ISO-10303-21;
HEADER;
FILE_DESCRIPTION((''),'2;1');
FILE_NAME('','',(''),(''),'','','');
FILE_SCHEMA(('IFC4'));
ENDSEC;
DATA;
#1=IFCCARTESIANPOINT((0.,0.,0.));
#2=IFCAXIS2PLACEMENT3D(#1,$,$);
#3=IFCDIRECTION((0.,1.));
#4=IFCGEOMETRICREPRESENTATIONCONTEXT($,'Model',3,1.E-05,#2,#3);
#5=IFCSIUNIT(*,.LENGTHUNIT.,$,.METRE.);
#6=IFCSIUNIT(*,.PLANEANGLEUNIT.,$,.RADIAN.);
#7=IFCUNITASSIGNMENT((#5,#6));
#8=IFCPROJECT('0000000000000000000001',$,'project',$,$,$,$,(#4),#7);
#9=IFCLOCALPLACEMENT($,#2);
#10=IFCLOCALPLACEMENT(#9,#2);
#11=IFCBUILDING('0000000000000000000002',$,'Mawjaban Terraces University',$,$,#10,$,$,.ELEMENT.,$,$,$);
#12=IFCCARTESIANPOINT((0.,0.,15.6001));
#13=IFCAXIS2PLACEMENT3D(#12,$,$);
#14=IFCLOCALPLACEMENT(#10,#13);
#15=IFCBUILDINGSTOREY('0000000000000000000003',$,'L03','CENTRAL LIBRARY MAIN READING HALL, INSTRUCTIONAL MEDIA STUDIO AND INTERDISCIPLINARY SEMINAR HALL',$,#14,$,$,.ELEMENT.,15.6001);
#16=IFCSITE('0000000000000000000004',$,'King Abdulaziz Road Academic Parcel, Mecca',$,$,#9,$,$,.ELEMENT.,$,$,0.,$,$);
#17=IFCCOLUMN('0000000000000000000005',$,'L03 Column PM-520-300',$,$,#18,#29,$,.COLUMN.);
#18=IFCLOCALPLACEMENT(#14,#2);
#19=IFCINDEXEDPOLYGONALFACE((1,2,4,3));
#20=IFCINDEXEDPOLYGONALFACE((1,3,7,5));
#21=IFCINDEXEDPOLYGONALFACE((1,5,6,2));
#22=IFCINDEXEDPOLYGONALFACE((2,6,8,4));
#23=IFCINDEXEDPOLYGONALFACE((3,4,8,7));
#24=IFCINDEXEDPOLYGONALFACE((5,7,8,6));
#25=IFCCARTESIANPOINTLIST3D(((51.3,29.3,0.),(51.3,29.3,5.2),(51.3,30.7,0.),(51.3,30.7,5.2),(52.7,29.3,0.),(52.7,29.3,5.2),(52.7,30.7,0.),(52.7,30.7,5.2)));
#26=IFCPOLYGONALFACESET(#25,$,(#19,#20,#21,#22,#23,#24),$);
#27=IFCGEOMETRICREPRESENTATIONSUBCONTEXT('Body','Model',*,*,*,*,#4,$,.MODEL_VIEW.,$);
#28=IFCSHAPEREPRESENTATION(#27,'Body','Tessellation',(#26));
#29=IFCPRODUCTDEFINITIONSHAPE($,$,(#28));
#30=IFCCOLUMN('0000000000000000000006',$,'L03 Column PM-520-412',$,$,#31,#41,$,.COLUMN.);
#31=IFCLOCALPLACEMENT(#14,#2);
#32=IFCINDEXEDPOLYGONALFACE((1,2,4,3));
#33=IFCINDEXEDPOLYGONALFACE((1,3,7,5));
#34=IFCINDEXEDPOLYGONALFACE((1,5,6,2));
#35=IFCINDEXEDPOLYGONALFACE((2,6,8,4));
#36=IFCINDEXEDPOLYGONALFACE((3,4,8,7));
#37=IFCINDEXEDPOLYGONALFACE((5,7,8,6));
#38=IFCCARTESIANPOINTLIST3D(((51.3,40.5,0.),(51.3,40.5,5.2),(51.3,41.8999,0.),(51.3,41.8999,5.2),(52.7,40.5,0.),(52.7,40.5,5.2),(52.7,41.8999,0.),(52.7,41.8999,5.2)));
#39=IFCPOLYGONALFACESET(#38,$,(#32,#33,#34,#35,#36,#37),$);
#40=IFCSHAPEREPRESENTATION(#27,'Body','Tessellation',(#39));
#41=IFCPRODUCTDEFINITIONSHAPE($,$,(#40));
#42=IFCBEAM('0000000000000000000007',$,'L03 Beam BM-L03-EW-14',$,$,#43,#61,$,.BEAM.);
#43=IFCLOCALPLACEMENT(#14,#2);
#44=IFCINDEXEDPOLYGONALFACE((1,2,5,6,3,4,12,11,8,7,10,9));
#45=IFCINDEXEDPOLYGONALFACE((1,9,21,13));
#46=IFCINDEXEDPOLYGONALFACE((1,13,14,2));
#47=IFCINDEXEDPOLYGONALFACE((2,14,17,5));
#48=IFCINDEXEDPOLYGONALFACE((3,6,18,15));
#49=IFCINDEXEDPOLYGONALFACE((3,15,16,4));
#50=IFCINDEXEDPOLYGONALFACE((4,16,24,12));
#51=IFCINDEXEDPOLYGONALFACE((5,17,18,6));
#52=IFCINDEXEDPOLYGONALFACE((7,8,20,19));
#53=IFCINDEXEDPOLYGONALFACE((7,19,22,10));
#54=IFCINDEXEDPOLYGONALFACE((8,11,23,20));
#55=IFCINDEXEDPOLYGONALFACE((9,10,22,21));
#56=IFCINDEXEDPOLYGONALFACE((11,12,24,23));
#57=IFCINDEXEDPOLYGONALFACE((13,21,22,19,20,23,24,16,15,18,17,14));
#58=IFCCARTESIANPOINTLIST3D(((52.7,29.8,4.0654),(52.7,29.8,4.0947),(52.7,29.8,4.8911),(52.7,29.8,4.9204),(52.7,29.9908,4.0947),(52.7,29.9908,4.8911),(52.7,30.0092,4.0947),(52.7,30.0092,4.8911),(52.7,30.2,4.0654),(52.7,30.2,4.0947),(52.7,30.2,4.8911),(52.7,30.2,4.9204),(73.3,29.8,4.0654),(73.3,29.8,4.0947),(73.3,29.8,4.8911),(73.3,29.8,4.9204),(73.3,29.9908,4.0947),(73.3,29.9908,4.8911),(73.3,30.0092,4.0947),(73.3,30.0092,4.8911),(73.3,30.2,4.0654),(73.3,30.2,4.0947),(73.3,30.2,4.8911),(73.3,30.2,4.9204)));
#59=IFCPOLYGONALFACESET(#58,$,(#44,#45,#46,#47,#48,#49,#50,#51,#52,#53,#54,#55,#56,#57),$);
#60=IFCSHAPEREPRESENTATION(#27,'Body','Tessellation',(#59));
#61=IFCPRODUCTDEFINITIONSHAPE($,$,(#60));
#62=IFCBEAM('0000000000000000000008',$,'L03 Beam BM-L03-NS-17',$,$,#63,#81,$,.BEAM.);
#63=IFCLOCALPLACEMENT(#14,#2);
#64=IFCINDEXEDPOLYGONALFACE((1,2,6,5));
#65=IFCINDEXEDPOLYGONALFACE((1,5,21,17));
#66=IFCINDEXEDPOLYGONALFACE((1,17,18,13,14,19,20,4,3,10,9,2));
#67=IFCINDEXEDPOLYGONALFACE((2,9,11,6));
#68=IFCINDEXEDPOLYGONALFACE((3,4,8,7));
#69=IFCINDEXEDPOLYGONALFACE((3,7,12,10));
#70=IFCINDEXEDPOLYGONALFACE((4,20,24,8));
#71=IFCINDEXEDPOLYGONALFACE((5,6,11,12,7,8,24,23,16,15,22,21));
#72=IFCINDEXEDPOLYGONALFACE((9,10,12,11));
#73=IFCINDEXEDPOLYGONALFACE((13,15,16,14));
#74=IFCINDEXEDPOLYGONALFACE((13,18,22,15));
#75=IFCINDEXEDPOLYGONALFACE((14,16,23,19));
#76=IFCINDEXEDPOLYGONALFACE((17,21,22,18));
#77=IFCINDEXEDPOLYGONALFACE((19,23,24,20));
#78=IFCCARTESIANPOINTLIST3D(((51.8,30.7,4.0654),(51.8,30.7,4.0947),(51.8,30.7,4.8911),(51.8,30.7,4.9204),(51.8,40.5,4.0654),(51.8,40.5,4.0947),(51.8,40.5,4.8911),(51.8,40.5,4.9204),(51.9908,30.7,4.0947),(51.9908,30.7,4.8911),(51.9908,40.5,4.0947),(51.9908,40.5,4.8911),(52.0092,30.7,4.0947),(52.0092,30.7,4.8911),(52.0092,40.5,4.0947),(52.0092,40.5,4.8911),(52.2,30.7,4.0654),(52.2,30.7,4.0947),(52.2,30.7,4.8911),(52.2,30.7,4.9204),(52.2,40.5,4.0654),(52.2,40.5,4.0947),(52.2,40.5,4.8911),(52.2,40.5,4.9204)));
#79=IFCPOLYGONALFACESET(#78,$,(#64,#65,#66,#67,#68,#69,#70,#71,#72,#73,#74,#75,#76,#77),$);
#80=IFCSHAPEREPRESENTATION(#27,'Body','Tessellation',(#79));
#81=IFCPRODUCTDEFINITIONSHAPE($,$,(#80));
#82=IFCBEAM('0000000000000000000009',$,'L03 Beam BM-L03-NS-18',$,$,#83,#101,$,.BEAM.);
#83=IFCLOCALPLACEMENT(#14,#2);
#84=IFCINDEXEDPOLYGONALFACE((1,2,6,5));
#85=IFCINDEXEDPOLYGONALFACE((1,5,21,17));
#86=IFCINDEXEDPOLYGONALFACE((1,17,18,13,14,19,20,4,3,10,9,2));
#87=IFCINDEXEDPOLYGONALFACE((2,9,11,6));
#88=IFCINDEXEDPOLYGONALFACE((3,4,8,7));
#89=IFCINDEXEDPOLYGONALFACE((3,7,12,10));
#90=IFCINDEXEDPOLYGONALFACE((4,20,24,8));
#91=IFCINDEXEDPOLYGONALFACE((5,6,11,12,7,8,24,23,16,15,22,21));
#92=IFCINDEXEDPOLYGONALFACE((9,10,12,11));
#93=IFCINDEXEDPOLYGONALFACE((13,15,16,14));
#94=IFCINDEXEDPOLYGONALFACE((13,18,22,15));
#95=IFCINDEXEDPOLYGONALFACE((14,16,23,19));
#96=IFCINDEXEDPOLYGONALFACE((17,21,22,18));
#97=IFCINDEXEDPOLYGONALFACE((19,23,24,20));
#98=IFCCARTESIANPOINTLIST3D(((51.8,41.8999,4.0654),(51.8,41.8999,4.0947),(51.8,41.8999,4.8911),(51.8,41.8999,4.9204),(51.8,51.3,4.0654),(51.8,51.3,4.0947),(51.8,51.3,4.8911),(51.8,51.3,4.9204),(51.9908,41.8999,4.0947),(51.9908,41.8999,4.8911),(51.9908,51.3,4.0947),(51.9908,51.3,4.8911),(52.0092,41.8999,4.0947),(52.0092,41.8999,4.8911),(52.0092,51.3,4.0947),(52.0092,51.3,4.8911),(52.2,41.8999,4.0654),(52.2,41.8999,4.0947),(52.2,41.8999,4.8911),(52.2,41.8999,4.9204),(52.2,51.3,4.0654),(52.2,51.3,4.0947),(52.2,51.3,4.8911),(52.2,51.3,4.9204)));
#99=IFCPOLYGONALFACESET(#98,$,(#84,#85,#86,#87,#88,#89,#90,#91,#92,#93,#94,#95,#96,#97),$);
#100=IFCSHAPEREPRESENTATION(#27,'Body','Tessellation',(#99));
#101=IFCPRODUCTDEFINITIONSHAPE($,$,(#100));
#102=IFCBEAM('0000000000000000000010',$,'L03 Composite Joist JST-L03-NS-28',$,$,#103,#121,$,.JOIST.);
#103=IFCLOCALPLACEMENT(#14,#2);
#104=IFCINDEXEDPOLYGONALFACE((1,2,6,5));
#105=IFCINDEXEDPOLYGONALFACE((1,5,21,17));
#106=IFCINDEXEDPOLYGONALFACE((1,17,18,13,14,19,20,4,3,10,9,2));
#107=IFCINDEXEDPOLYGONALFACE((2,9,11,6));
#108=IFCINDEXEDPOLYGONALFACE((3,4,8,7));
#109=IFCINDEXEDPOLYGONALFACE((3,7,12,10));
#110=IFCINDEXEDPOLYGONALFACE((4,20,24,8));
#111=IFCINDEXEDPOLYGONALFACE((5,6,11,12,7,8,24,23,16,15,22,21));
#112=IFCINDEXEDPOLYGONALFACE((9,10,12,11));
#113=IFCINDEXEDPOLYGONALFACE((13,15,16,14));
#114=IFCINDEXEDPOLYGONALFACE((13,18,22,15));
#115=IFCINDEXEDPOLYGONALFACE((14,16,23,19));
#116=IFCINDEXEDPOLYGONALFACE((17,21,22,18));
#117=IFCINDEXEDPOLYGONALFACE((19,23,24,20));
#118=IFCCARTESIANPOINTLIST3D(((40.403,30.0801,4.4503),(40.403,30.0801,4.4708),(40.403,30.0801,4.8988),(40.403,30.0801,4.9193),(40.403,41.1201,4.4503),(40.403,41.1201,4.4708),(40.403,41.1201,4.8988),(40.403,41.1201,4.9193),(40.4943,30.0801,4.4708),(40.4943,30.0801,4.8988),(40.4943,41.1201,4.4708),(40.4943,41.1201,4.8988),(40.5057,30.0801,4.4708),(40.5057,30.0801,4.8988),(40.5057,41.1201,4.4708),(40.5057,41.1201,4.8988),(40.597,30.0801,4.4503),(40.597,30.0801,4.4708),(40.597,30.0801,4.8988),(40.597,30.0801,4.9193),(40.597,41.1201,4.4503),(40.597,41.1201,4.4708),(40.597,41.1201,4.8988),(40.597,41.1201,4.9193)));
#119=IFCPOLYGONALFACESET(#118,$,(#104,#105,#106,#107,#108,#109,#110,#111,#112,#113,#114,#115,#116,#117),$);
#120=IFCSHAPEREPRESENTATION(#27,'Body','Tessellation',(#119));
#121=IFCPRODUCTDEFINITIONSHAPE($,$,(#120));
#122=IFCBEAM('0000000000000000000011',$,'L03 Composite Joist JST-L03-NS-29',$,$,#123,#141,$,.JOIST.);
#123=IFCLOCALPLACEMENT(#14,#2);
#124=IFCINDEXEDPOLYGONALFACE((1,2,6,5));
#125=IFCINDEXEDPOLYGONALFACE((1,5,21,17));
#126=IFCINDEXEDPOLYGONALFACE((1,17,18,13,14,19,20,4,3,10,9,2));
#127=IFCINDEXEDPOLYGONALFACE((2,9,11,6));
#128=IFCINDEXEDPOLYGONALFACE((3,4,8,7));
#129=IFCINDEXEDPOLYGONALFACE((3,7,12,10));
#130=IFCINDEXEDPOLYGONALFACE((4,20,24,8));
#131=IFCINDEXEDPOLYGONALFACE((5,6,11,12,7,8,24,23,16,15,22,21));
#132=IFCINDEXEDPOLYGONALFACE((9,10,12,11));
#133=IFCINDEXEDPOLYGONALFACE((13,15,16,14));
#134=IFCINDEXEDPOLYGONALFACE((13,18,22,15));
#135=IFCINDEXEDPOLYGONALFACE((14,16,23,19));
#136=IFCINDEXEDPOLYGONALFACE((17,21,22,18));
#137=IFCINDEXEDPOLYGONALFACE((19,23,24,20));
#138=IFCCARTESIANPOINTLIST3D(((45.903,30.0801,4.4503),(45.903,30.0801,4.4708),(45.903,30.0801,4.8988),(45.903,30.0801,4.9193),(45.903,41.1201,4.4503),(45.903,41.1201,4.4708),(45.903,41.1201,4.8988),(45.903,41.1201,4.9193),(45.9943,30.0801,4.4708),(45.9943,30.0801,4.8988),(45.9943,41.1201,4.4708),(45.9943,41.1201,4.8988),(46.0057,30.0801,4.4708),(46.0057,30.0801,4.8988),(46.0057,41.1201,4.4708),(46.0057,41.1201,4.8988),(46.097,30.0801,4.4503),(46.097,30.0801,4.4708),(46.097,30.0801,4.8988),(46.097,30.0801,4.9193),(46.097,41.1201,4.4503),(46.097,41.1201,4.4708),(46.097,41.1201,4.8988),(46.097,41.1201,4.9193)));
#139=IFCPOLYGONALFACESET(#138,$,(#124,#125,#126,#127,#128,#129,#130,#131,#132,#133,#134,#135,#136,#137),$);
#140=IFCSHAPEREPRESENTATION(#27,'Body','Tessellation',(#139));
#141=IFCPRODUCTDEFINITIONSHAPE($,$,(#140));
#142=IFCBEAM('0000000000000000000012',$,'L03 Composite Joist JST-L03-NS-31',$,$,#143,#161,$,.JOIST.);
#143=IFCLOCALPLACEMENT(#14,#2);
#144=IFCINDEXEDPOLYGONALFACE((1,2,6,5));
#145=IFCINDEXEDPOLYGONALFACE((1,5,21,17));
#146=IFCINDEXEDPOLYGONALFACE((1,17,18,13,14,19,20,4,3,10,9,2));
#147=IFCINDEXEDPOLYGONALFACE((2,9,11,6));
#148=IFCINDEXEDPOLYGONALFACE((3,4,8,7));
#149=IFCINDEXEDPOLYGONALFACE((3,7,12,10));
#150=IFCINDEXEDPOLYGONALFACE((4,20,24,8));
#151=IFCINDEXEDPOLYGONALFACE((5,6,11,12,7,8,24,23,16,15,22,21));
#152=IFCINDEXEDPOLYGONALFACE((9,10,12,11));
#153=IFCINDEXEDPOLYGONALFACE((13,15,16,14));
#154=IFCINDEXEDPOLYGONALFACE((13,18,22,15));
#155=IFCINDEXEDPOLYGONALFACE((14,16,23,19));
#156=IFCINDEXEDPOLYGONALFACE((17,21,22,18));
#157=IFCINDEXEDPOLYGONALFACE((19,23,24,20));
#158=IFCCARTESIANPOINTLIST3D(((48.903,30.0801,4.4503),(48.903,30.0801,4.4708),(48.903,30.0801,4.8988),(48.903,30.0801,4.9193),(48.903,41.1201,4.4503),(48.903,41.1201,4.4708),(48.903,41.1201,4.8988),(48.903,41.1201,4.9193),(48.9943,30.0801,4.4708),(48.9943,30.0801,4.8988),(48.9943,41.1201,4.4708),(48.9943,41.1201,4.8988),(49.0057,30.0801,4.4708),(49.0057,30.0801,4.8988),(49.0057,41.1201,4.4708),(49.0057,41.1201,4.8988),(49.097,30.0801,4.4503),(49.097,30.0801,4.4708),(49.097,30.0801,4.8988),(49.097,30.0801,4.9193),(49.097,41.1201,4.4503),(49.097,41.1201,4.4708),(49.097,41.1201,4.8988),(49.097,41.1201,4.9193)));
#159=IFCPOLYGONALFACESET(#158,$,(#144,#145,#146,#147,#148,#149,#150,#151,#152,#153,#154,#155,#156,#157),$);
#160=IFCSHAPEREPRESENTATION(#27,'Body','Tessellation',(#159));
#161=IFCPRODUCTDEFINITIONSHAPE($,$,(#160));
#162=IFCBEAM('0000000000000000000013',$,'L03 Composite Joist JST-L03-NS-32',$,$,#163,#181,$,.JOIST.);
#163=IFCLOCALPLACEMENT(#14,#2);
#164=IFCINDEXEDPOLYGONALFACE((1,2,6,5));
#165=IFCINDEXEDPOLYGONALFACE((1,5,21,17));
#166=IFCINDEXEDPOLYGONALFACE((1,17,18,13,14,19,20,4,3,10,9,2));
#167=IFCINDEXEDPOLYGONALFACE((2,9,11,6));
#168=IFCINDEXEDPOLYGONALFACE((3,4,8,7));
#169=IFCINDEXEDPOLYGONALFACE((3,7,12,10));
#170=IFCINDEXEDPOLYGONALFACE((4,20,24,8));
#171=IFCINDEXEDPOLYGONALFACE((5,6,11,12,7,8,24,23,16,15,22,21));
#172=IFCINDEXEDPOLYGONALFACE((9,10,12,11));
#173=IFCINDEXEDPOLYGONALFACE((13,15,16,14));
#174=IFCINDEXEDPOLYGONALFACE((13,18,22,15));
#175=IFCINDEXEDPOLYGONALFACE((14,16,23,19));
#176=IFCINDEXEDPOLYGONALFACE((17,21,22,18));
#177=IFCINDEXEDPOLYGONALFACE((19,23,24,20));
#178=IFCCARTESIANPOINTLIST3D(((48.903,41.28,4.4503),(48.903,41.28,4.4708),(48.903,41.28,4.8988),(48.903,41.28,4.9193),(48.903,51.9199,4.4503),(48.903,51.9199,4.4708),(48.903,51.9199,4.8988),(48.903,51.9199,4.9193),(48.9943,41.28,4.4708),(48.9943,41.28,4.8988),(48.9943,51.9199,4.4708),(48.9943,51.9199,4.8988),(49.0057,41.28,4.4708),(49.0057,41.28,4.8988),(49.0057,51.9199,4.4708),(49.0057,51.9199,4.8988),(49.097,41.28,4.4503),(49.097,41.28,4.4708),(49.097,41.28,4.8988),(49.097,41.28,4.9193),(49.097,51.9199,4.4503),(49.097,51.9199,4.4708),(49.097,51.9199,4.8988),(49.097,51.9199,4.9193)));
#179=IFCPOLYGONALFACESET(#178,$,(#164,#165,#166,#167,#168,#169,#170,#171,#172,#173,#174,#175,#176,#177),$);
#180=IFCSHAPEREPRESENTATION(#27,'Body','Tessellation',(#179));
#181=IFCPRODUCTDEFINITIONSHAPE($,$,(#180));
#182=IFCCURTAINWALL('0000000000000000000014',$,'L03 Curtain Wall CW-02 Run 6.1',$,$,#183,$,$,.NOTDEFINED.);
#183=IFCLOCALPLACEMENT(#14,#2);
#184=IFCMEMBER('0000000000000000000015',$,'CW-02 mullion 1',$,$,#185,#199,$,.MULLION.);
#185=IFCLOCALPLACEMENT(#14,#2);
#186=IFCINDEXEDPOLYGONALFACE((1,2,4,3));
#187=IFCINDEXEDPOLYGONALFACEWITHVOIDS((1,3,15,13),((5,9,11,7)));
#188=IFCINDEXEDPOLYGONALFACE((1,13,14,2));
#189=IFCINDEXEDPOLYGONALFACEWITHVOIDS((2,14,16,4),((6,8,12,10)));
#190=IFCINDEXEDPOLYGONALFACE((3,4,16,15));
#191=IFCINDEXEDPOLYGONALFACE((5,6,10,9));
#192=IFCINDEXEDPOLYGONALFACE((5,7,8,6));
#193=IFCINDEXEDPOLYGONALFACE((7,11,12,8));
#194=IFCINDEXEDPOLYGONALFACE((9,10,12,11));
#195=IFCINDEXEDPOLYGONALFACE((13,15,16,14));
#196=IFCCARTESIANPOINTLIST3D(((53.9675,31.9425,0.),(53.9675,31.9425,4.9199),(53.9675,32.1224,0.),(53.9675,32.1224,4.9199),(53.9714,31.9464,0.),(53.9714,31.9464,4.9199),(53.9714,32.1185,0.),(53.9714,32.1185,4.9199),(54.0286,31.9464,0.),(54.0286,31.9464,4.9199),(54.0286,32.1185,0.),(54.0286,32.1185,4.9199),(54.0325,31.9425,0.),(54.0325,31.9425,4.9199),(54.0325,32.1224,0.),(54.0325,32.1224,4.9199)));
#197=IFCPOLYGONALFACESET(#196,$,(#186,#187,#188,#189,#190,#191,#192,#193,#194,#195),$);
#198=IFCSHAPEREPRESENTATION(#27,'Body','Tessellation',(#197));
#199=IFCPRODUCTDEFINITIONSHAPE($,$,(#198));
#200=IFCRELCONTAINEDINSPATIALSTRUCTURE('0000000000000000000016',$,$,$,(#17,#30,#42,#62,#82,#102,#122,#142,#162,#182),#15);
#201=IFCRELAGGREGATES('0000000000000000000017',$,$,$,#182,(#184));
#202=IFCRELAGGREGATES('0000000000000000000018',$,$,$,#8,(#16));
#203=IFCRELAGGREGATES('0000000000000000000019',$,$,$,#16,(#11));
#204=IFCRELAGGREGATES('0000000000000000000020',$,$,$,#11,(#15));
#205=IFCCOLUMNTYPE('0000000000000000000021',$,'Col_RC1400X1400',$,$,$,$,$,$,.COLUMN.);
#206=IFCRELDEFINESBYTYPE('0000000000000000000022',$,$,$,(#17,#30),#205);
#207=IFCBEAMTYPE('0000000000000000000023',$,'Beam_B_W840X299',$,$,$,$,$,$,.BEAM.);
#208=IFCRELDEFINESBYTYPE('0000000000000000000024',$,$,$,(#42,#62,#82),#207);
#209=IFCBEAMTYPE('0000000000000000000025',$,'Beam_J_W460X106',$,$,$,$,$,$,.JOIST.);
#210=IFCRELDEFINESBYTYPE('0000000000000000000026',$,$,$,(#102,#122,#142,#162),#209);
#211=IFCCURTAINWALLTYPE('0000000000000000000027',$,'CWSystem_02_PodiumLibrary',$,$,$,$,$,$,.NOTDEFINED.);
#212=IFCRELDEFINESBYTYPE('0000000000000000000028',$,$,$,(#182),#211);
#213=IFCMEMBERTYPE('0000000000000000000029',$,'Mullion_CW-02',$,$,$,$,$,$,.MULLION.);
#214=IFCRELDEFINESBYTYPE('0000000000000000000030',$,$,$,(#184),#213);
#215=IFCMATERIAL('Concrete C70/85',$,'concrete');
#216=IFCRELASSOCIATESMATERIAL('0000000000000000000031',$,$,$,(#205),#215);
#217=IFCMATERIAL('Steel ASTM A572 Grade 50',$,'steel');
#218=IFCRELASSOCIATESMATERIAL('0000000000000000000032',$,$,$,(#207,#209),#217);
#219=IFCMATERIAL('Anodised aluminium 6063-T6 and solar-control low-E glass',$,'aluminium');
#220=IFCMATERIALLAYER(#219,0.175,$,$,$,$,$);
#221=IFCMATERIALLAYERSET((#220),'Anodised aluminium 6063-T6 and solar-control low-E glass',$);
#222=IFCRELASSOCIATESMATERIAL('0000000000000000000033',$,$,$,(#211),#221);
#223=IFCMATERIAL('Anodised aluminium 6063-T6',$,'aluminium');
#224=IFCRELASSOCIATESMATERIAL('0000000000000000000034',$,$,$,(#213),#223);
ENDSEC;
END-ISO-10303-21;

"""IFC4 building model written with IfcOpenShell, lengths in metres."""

from ifc_helpers import new_model, si_unit, direction, frame, origin, origin_2d, place, context, subcontext, project, spatial, rectangle, hollow_rectangle, i_section, extrude, material, layer, layer_set, material_profile, profile_set, type_object, element, aggregate, save


model = new_model("IFC4")

# Units and contexts
model_context = context("Model", 3, precision=1e-05, world=origin(), true_north=direction((0.0, 1.0)))
body_context = subcontext(model_context, "Body", "Model", "MODEL_VIEW")
ifc_project = project(units=[si_unit("LENGTHUNIT", "METRE"), si_unit("PLANEANGLEUNIT", "RADIAN")], contexts=[model_context])

# Site, building, storey
site_placement = place(None, origin())
site = spatial("IfcSite", under=ifc_project, at=site_placement, Name="King Abdulaziz Road Academic Parcel, Mecca", CompositionType="ELEMENT", RefElevation=0.0)
building_placement = place(site_placement, origin())
building = spatial("IfcBuilding", under=site, at=building_placement, Name="Mawjaban Terraces University", CompositionType="ELEMENT")
storey_placement = place(building_placement, frame((0.0, 0.0, 15.6001)))
storey = spatial("IfcBuildingStorey", under=building, at=storey_placement, Name="L03", Description="CENTRAL LIBRARY MAIN READING HALL, INSTRUCTIONAL MEDIA STUDIO AND INTERDISCIPLINARY SEMINAR HALL", CompositionType="ELEMENT", Elevation=15.6001)

# Columns
ifc_material_1 = material(Name="Concrete C70/85", Category="concrete")
ifc_material_profile_1 = material_profile(ifc_material_1, rectangle(XDim=1.3999, YDim=1.3999, at=origin_2d()), Name="RC1400X1400")
ifc_profile_set_1 = profile_set([ifc_material_profile_1], Name="Concrete C70/85")
column_type = type_object("IfcColumnType", Name="Col_RC1400X1400", PredefinedType="COLUMN", material=ifc_profile_set_1)
for number, where, z_axis, x_axis, name in (
    (1, (52.0, 30.0, 0.0), (0.0, 0.0, 1.0), (1.0, 0.0, 0.0), "L03 Column PM-520-300"),
    (2, (52.0, 41.2, 0.0), (0.0, 0.0, 1.0), (1.0, 0.0, 0.0), "L03 Column PM-520-412"),
):
    element("IfcColumn", number, at=place(storey_placement, frame(where, z_axis=z_axis, x_axis=x_axis)), inside=storey, type_object=column_type, Name=name, PredefinedType="COLUMN", context=body_context, shape_type="SweptSolid", body=[
        extrude(rectangle(XDim=1.3999, YDim=1.3999, at=origin_2d()), origin(), (0.0, 0.0, 1.0), 5.2),
    ])

# Beams
ifc_material_2 = material(Name="Steel ASTM A572 Grade 50", Category="steel")
ifc_material_profile_2 = material_profile(ifc_material_2, i_section(OverallWidth=0.3999, OverallDepth=0.855, WebThickness=0.0183, FlangeThickness=0.0293, at=origin_2d()), Name="W840X299")
ifc_profile_set_2 = profile_set([ifc_material_profile_2], Name="Steel ASTM A572 Grade 50")
beam_type_1 = type_object("IfcBeamType", Name="Beam_B_W840X299", PredefinedType="BEAM", material=ifc_profile_set_2)
beam_1_placement = place(storey_placement, frame((52.7, 30.0, 4.4929), z_axis=(1.0, 0.0, 0.0), x_axis=(0.0, 1.0, 0.0)))
element("IfcBeam", 3, at=beam_1_placement, inside=storey, type_object=beam_type_1, Name="L03 Beam BM-L03-EW-14", PredefinedType="BEAM", context=body_context, shape_type="SweptSolid", body=[
    extrude(i_section(OverallWidth=0.3999, OverallDepth=0.855, WebThickness=0.0183, FlangeThickness=0.0293, at=origin_2d()), origin(), (0.0, 0.0, 1.0), 20.6001),
])
beam_2_placement = place(storey_placement, frame((52.0, 30.7, 4.4929), z_axis=(0.0, 1.0, 0.0), x_axis=(-1.0, 0.0, 0.0)))
element("IfcBeam", 4, at=beam_2_placement, inside=storey, type_object=beam_type_1, Name="L03 Beam BM-L03-NS-17", PredefinedType="BEAM", context=body_context, shape_type="SweptSolid", body=[
    extrude(i_section(OverallWidth=0.3999, OverallDepth=0.855, WebThickness=0.0183, FlangeThickness=0.0293, at=origin_2d()), origin(), (0.0, 0.0, 1.0), 9.8),
])
beam_3_placement = place(storey_placement, frame((52.0, 41.8999, 4.4929), z_axis=(0.0, 1.0, 0.0), x_axis=(-1.0, 0.0, 0.0)))
element("IfcBeam", 5, at=beam_3_placement, inside=storey, type_object=beam_type_1, Name="L03 Beam BM-L03-NS-18", PredefinedType="BEAM", context=body_context, shape_type="SweptSolid", body=[
    extrude(i_section(OverallWidth=0.3999, OverallDepth=0.855, WebThickness=0.0183, FlangeThickness=0.0293, at=origin_2d()), origin(), (0.0, 0.0, 1.0), 9.4001),
])
ifc_material_profile_3 = material_profile(ifc_material_2, i_section(OverallWidth=0.1941, OverallDepth=0.469, WebThickness=0.0115, FlangeThickness=0.0205, at=origin_2d()), Name="W460X106")
ifc_profile_set_3 = profile_set([ifc_material_profile_3], Name="Steel ASTM A572 Grade 50")
beam_type_2 = type_object("IfcBeamType", Name="Beam_J_W460X106", PredefinedType="JOIST", material=ifc_profile_set_3)
for number, where, z_axis, x_axis, name in (
    (6, (40.5, 30.0801, 4.6848), (0.0, 1.0, 0.0), (-1.0, 0.0, 0.0), "L03 Composite Joist JST-L03-NS-28"),
    (7, (46.0, 30.0801, 4.6848), (0.0, 1.0, 0.0), (-1.0, 0.0, 0.0), "L03 Composite Joist JST-L03-NS-29"),
    (8, (49.0, 30.0801, 4.6848), (0.0, 1.0, 0.0), (-1.0, 0.0, 0.0), "L03 Composite Joist JST-L03-NS-31"),
):
    element("IfcBeam", number, at=place(storey_placement, frame(where, z_axis=z_axis, x_axis=x_axis)), inside=storey, type_object=beam_type_2, Name=name, PredefinedType="JOIST", context=body_context, shape_type="SweptSolid", body=[
        extrude(i_section(OverallWidth=0.1941, OverallDepth=0.469, WebThickness=0.0115, FlangeThickness=0.0205, at=origin_2d()), origin(), (0.0, 0.0, 1.0), 11.04),
    ])
beam_4_placement = place(storey_placement, frame((49.0, 41.28, 4.6848), z_axis=(0.0, 1.0, 0.0), x_axis=(-1.0, 0.0, 0.0)))
element("IfcBeam", 9, at=beam_4_placement, inside=storey, type_object=beam_type_2, Name="L03 Composite Joist JST-L03-NS-32", PredefinedType="JOIST", context=body_context, shape_type="SweptSolid", body=[
    extrude(i_section(OverallWidth=0.1941, OverallDepth=0.469, WebThickness=0.0115, FlangeThickness=0.0205, at=origin_2d()), origin(), (0.0, 0.0, 1.0), 10.6399),
])

# Curtain wall, member
ifc_material_3 = material(Name="Anodised aluminium 6063-T6 and solar-control low-E glass", Category="aluminium")
ifc_layer_1 = layer(ifc_material_3, 0.175)
ifc_layer_set_1 = layer_set([ifc_layer_1], Name="Anodised aluminium 6063-T6 and solar-control low-E glass")
curtain_wall_type = type_object("IfcCurtainWallType", Name="CWSystem_02_PodiumLibrary", PredefinedType="NOTDEFINED", material=ifc_layer_set_1)
curtain_wall_placement = place(storey_placement, origin())
curtain_wall = element("IfcCurtainWall", 10, at=curtain_wall_placement, inside=storey, type_object=curtain_wall_type, Name="L03 Curtain Wall CW-02 Run 6.1", PredefinedType="NOTDEFINED")
ifc_material_4 = material(Name="Anodised aluminium 6063-T6", Category="aluminium")
ifc_material_profile_4 = material_profile(ifc_material_4, hollow_rectangle(XDim=0.0649, YDim=0.1799, WallThickness=0.0039, at=origin_2d()), Name="ALU180X65X4")
ifc_profile_set_4 = profile_set([ifc_material_profile_4], Name="Anodised aluminium 6063-T6")
member_type_1 = type_object("IfcMemberType", Name="Mullion_CW-02", PredefinedType="MULLION", material=ifc_profile_set_4)
member_1_placement = place(storey_placement, frame((54.0, 32.0325, 0.0), z_axis=(0.0, 0.0, 1.0), x_axis=(-1.0, 0.0, 0.0)))
member_1 = element("IfcMember", 11, at=member_1_placement, type_object=member_type_1, Name="CW-02 mullion 1", PredefinedType="MULLION", context=body_context, shape_type="SweptSolid", body=[
    extrude(hollow_rectangle(XDim=0.0649, YDim=0.1799, WallThickness=0.0039, at=origin_2d()), origin(), (0.0, 0.0, 1.0), 4.9199),
])
aggregate(curtain_wall, [member_1])

save(model, "model.ifc")
